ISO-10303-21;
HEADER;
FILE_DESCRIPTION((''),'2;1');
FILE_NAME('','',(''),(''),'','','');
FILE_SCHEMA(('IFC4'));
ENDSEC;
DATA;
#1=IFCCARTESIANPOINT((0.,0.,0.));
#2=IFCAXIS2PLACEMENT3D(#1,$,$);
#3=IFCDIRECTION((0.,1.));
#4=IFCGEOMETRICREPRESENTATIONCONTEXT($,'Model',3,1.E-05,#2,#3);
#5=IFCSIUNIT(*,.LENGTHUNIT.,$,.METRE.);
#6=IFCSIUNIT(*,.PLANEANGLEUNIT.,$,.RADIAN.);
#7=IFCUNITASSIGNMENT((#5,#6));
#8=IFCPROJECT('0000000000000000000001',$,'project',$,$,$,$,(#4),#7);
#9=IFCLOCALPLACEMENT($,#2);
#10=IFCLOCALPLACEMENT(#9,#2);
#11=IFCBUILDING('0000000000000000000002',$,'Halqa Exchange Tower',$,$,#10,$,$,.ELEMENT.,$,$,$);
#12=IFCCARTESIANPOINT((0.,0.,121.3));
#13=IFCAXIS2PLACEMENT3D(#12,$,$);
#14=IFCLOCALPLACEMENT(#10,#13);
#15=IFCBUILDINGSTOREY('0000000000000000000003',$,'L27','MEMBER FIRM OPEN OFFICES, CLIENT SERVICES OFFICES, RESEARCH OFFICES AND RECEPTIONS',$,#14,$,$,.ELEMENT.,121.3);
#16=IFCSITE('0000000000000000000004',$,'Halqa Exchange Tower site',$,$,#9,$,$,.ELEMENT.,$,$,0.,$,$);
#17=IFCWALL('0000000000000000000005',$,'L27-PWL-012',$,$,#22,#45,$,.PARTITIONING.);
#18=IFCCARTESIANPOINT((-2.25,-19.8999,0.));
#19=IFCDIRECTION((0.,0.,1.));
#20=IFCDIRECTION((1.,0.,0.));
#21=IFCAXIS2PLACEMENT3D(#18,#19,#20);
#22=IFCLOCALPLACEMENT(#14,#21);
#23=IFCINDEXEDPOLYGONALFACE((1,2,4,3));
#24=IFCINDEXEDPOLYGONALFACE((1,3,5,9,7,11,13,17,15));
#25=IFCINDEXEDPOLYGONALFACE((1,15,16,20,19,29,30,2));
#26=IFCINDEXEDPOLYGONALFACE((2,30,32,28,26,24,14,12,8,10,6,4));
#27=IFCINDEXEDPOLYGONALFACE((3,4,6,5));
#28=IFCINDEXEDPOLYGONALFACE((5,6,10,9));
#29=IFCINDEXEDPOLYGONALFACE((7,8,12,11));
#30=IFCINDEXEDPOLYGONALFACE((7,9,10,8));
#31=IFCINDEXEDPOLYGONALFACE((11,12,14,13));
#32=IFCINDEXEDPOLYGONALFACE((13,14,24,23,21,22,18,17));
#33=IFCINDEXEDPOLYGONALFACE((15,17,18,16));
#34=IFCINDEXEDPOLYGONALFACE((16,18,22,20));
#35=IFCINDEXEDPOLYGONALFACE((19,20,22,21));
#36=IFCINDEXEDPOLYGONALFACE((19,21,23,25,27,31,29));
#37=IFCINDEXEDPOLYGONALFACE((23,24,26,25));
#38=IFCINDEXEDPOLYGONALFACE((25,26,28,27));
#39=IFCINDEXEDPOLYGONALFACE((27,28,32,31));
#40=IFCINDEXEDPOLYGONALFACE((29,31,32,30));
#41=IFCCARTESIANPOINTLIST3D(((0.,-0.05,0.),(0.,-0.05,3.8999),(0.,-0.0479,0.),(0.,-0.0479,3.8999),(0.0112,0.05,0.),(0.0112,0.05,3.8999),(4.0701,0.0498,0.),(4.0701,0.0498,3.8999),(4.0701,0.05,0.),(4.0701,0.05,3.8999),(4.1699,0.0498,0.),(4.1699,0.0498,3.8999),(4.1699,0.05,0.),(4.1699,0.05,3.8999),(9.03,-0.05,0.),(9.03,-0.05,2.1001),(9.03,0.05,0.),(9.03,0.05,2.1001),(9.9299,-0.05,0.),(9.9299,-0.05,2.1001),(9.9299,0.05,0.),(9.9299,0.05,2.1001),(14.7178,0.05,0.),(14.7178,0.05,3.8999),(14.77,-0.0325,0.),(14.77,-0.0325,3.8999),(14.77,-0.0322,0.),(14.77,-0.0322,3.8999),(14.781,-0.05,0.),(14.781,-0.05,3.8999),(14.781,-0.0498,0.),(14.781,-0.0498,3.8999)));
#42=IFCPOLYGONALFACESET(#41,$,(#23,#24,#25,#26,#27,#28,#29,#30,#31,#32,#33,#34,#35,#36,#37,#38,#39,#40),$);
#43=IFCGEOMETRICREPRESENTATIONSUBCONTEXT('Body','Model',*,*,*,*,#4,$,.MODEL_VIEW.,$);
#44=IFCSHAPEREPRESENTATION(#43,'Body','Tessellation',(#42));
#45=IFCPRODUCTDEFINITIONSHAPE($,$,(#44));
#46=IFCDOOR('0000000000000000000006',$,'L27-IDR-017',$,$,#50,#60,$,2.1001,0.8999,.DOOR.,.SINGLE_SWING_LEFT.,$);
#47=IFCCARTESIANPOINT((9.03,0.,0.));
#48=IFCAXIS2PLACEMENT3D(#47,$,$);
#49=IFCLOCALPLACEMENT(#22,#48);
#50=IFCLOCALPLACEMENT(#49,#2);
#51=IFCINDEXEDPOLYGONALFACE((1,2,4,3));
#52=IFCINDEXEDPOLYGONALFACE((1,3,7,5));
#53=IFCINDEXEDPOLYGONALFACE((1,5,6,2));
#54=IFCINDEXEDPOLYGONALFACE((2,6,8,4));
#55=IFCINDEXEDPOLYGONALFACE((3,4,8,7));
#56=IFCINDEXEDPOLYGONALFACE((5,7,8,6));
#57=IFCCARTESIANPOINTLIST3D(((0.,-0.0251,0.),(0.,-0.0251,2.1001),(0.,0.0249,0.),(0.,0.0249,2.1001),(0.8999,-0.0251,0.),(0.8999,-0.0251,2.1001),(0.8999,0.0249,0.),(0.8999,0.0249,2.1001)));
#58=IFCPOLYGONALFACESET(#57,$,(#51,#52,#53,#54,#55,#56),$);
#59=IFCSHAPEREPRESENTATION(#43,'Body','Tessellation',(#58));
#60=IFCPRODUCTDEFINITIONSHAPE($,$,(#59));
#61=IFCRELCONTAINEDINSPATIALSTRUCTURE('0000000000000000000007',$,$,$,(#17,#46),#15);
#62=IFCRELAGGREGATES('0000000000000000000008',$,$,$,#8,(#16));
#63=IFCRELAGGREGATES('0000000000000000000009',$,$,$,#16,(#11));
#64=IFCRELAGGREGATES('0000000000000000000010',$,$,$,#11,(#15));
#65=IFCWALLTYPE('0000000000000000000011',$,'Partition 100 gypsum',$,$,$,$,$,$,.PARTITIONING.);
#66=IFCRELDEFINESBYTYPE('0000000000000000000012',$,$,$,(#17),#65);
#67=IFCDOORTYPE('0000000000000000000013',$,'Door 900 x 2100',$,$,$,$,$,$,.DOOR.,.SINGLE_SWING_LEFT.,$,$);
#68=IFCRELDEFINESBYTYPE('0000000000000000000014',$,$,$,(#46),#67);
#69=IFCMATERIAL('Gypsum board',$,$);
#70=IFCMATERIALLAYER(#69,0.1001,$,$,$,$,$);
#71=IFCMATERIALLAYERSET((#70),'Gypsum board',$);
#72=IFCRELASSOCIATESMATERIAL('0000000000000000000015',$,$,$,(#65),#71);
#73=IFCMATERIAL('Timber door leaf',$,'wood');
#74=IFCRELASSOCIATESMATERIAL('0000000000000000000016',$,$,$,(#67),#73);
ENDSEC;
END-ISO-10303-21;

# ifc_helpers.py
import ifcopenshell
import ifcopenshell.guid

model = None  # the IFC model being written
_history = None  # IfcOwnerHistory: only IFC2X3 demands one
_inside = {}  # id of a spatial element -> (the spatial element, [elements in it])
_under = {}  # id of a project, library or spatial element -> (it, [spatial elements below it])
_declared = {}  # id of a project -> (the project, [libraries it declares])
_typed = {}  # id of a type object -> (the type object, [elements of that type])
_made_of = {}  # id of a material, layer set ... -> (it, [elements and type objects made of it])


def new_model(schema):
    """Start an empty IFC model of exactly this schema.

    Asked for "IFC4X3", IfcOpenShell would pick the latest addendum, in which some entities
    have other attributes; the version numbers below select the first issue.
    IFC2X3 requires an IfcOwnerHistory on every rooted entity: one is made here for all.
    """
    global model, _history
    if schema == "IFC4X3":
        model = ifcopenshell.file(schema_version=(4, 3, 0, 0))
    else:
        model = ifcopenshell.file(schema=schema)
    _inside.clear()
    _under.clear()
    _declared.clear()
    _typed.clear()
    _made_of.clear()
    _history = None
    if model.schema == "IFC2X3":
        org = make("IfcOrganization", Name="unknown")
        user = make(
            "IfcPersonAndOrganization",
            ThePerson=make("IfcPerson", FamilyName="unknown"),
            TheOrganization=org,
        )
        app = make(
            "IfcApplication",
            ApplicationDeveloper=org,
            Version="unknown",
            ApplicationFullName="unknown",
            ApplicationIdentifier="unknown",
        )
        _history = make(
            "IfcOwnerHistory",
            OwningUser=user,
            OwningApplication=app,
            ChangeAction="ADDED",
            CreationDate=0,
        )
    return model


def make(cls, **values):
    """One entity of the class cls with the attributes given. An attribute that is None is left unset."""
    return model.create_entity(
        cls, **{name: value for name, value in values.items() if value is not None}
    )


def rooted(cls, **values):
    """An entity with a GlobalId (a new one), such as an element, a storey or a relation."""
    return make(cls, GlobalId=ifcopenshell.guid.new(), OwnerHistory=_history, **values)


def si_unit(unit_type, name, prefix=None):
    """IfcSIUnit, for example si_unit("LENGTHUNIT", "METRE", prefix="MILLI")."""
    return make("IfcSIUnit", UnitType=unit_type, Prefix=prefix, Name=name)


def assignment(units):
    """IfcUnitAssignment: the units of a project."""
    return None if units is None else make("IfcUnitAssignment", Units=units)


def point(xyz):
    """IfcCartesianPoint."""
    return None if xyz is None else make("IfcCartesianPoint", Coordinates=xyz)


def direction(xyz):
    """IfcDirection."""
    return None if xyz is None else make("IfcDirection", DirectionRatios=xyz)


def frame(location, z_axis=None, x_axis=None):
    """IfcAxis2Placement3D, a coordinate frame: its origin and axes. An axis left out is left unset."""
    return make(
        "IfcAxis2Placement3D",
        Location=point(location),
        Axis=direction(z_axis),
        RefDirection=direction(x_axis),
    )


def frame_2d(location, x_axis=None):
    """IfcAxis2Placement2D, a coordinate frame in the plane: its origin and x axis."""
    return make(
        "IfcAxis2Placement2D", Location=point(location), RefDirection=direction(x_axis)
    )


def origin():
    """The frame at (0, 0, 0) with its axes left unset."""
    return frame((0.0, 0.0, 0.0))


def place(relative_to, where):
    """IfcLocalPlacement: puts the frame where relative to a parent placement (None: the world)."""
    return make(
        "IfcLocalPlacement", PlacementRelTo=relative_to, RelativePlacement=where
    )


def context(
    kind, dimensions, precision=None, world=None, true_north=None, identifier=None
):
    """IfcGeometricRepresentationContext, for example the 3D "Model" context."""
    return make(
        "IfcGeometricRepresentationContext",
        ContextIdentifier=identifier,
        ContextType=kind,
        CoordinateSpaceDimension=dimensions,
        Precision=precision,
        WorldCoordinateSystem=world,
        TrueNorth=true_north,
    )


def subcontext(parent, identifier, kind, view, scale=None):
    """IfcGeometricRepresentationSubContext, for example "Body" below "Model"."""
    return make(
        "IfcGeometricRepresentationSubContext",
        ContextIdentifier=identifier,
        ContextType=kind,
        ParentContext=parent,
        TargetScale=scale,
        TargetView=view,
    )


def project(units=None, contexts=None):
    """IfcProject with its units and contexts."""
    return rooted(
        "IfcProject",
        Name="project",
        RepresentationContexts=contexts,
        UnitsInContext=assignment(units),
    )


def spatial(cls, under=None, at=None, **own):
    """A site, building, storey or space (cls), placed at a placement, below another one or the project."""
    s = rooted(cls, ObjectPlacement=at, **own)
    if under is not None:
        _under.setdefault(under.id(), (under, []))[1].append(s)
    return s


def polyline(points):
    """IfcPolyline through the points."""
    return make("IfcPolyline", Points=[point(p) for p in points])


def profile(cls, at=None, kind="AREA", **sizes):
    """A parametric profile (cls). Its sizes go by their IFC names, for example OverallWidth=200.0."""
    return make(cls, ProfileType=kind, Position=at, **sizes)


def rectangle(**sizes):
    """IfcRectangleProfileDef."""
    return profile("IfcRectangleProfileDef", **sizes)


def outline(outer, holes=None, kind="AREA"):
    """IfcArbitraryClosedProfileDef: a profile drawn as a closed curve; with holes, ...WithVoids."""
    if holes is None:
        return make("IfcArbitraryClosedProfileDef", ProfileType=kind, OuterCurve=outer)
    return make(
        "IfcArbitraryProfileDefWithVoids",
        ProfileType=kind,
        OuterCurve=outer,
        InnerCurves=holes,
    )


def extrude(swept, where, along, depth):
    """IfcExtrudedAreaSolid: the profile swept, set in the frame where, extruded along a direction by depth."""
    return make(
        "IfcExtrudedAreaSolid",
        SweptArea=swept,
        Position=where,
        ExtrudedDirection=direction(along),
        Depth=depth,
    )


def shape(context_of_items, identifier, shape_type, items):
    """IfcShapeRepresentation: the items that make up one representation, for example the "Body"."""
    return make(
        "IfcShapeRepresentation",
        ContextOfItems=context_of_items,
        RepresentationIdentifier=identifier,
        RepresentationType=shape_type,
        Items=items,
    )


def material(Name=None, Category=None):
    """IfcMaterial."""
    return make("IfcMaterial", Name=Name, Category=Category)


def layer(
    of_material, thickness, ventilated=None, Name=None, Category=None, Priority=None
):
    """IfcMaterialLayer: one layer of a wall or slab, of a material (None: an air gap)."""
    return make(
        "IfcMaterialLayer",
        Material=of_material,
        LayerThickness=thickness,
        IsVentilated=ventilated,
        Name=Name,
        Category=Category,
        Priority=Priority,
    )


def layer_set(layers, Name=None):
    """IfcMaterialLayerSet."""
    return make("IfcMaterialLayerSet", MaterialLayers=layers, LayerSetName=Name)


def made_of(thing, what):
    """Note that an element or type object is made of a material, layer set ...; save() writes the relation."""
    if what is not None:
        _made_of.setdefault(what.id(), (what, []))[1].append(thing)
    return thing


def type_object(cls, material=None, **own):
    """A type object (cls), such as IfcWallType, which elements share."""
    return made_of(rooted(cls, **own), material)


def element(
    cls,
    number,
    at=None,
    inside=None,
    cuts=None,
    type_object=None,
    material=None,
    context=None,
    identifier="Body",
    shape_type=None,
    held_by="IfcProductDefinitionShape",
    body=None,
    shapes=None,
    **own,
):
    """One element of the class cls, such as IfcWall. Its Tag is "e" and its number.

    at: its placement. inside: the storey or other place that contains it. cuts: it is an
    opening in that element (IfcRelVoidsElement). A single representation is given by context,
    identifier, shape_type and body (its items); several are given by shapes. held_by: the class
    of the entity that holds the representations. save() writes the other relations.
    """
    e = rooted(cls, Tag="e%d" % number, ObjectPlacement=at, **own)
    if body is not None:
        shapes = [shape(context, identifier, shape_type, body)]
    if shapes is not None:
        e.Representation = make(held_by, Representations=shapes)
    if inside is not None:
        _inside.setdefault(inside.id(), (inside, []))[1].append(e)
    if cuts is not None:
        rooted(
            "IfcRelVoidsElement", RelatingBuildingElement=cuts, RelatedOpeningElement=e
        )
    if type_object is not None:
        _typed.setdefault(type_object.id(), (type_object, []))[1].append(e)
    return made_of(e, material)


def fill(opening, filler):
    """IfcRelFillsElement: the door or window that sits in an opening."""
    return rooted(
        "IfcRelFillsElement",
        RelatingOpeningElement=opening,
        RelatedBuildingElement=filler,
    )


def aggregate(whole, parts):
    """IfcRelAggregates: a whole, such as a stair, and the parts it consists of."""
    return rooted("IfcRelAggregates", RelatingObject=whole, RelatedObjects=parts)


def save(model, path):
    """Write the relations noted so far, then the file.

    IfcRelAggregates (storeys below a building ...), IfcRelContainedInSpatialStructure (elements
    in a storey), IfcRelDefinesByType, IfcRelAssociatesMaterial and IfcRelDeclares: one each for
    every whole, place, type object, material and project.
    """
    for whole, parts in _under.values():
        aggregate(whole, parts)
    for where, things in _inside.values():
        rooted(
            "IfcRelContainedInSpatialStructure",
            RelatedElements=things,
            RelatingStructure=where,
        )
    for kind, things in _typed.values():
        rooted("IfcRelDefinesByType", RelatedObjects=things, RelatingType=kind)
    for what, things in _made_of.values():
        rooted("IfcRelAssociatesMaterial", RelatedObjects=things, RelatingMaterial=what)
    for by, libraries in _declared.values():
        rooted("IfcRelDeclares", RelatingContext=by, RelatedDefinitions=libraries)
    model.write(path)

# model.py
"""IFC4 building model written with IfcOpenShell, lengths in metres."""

from ifc_helpers import new_model, si_unit, direction, frame, frame_2d, origin, place, context, subcontext, project, spatial, polyline, rectangle, outline, extrude, material, layer, layer_set, type_object, element, fill, save


model = new_model("IFC4")

# Units and contexts
model_context = context("Model", 3, precision=1e-05, world=origin(), true_north=direction((0.0, 1.0)))
body_context = subcontext(model_context, "Body", "Model", "MODEL_VIEW")
ifc_project = project(units=[si_unit("LENGTHUNIT", "METRE"), si_unit("PLANEANGLEUNIT", "RADIAN")], contexts=[model_context])

# Site, building, storey
site_placement = place(None, origin())
site = spatial("IfcSite", under=ifc_project, at=site_placement, Name="Halqa Exchange Tower site", CompositionType="ELEMENT", RefElevation=0.0)
building_placement = place(site_placement, origin())
building = spatial("IfcBuilding", under=site, at=building_placement, Name="Halqa Exchange Tower", CompositionType="ELEMENT")
storey_placement = place(building_placement, frame((0.0, 0.0, 121.3)))
storey = spatial("IfcBuildingStorey", under=building, at=storey_placement, Name="L27", Description="MEMBER FIRM OPEN OFFICES, CLIENT SERVICES OFFICES, RESEARCH OFFICES AND RECEPTIONS", CompositionType="ELEMENT", Elevation=121.3)

# Wall, opening, door
ifc_material_1 = material(Name="Gypsum board")
ifc_layer_1 = layer(ifc_material_1, 0.1001)
ifc_layer_set_1 = layer_set([ifc_layer_1], Name="Gypsum board")
wall_type_1 = type_object("IfcWallType", Name="Partition 100 gypsum", PredefinedType="PARTITIONING", material=ifc_layer_set_1)
wall_1_placement = place(storey_placement, frame((-2.25, -19.8999, 0.0), z_axis=(0.0, 0.0, 1.0), x_axis=(1.0, 0.0, 0.0)))
wall_1 = element("IfcWall", 1, at=wall_1_placement, inside=storey, type_object=wall_type_1, Name="L27-PWL-012", PredefinedType="PARTITIONING", context=body_context, shape_type="SweptSolid", body=[
    extrude(outline(polyline([(14.781, -0.05), (14.781, -0.0498), (14.77, -0.0322), (14.77, -0.0325), (14.7178, 0.05), (12.96, 0.05), (11.2019, 0.05), (9.4438, 0.05), (7.686, 0.05), (5.928, 0.05), (4.1699, 0.05), (4.1699, 0.0498), (4.0701, 0.0498), (4.0701, 0.05), (2.717, 0.05), (1.3643, 0.05), (0.0112, 0.05), (0.0, -0.0479), (0.0, -0.05), (1.8477, -0.05), (3.6953, -0.05), (5.543, -0.05), (7.3906, -0.05), (9.238, -0.05), (11.0857, -0.05), (12.9333, -0.05), (14.781, -0.05)])), origin(), (0.0, 0.0, 1.0), 3.8999),
])
opening_1_placement = place(wall_1_placement, frame((9.03, 0.0, 0.0)))
opening_1 = element("IfcOpeningElement", 2, at=opening_1_placement, cuts=wall_1, PredefinedType="OPENING", context=body_context, shape_type="SweptSolid", body=[
    extrude(rectangle(XDim=0.8999, YDim=2.1001, at=frame_2d((0.45, 1.05))), frame((0.0, 0.062, 0.0), z_axis=(0.0, -1.0, 0.0), x_axis=(1.0, 0.0, 0.0)), (0.0, 0.0, 1.0), 0.124),
])
ifc_material_2 = material(Name="Timber door leaf", Category="wood")
door_type_1 = type_object("IfcDoorType", Name="Door 900 x 2100", OperationType="SINGLE_SWING_LEFT", PredefinedType="DOOR", material=ifc_material_2)
door_1_placement = place(opening_1_placement, origin())
door_1 = element("IfcDoor", 3, at=door_1_placement, inside=storey, type_object=door_type_1, Name="L27-IDR-017", OperationType="SINGLE_SWING_LEFT", OverallHeight=2.1001, OverallWidth=0.8999, PredefinedType="DOOR", context=body_context, shape_type="SweptSolid", body=[
    extrude(rectangle(XDim=0.8999, YDim=2.1001, at=frame_2d((0.45, 1.05))), frame((0.0, 0.0249, 0.0), z_axis=(0.0, -1.0, 0.0), x_axis=(1.0, 0.0, 0.0)), (0.0, 0.0, 1.0), 0.05),
])
fill(opening_1, door_1)

save(model, "model.ifc")
